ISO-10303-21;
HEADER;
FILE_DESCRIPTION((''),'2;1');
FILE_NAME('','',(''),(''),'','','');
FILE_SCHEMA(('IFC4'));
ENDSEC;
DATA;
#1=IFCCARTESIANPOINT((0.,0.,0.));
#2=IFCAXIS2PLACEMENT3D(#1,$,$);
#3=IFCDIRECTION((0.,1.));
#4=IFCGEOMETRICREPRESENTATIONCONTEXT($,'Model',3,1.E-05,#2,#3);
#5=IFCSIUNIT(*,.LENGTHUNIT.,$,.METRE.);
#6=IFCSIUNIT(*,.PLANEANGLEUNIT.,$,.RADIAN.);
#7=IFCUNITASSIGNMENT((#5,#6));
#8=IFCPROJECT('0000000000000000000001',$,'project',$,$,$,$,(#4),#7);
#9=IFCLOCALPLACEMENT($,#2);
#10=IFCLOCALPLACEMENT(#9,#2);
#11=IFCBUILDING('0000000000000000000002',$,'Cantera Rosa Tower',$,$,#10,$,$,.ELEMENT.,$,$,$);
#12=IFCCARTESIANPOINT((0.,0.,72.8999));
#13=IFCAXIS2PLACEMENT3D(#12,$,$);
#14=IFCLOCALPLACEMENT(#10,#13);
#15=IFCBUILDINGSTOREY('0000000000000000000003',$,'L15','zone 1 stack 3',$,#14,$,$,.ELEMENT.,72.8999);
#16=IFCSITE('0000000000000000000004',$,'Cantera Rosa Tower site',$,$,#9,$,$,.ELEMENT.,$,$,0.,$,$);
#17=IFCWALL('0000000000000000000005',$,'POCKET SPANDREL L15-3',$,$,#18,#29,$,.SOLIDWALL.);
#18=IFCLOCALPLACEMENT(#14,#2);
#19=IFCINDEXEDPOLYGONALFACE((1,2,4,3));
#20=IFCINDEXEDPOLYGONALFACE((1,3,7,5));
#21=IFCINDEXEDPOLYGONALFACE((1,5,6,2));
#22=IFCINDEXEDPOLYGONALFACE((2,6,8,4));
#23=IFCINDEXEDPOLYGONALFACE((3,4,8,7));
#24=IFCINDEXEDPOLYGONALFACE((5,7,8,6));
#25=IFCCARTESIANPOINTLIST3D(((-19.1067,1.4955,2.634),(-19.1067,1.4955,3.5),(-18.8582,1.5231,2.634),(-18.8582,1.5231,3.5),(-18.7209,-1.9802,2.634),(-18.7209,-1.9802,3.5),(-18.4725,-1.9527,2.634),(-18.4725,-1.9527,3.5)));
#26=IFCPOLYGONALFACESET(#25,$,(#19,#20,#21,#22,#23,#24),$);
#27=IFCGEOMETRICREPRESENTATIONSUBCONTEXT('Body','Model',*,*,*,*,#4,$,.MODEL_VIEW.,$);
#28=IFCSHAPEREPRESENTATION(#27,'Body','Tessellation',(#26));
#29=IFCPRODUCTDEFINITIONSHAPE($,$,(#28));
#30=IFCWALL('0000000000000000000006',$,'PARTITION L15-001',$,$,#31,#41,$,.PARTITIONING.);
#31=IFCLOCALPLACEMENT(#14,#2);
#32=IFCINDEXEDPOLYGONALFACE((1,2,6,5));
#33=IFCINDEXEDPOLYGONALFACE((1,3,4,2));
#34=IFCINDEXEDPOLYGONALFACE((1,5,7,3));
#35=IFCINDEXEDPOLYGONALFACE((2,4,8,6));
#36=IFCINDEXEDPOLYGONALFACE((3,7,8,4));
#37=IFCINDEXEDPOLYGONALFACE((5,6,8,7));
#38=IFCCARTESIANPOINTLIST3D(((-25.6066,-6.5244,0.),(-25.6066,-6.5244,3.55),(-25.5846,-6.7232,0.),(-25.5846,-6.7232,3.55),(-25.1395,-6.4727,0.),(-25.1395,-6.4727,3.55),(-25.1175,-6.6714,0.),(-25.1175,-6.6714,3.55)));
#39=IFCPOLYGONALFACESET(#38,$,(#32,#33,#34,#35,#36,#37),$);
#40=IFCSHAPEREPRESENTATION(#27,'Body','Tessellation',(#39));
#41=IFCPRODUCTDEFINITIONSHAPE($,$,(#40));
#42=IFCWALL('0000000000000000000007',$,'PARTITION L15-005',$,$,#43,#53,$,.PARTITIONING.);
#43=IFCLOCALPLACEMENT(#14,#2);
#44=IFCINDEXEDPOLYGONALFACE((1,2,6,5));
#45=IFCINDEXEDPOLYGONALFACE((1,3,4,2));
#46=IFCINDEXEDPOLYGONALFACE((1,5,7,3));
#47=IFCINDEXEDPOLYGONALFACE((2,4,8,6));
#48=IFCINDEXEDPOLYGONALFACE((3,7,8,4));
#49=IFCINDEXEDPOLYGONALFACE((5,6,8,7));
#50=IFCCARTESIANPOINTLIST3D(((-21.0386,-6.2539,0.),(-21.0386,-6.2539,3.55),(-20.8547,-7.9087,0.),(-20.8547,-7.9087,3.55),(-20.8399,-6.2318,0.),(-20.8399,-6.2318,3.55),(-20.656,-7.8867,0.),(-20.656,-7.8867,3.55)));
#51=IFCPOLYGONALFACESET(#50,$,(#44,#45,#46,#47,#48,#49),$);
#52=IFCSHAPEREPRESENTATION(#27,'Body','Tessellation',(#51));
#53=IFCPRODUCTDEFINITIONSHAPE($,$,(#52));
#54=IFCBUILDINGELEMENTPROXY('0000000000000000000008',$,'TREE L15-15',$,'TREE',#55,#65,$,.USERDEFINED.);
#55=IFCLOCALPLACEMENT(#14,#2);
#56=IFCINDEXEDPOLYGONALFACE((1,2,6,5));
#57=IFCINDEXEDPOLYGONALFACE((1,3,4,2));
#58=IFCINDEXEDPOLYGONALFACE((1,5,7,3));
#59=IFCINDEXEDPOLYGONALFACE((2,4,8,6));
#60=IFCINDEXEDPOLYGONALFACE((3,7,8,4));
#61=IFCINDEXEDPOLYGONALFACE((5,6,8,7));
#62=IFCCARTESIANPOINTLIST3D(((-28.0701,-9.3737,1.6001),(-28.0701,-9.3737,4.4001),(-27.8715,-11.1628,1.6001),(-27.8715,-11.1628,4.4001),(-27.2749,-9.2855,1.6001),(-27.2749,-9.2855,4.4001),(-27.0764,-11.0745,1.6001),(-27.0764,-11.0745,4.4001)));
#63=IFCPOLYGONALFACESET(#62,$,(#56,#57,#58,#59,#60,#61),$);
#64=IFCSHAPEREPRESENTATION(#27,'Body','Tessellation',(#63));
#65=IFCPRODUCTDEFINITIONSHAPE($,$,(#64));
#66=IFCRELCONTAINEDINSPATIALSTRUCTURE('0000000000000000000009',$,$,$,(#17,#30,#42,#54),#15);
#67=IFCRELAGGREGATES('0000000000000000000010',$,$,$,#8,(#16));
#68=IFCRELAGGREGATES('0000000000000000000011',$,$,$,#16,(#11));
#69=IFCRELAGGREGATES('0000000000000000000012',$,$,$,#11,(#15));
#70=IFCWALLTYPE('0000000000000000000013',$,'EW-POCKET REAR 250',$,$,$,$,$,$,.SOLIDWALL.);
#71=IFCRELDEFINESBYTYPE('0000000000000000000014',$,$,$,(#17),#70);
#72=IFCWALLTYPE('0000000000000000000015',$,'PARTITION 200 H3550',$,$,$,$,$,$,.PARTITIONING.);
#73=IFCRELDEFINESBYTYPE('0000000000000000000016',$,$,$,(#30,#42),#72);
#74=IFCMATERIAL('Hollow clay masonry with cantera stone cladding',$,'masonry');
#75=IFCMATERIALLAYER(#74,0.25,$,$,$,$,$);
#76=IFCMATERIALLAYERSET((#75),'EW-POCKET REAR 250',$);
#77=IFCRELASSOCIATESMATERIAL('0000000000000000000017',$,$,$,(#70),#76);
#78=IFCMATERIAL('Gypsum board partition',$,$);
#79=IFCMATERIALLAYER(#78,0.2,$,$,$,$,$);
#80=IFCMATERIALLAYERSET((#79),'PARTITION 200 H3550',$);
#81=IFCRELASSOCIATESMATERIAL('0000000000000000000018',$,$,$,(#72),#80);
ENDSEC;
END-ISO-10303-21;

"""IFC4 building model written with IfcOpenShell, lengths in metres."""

from ifc_helpers import new_model, si_unit, direction, frame, frame_2d, origin, origin_2d, place, context, subcontext, project, spatial, rectangle, extrude, material, layer, layer_set, type_object, element, save


model = new_model("IFC4")

# Units and contexts
model_context = context("Model", 3, precision=1e-05, world=origin(), true_north=direction((0.0, 1.0)))
body_context = subcontext(model_context, "Body", "Model", "MODEL_VIEW")
ifc_project = project(units=[si_unit("LENGTHUNIT", "METRE"), si_unit("PLANEANGLEUNIT", "RADIAN")], contexts=[model_context])

# Site, building, storey
site_placement = place(None, origin())
site = spatial("IfcSite", under=ifc_project, at=site_placement, Name="Cantera Rosa Tower site", CompositionType="ELEMENT", RefElevation=0.0)
building_placement = place(site_placement, origin())
building = spatial("IfcBuilding", under=site, at=building_placement, Name="Cantera Rosa Tower", CompositionType="ELEMENT")
storey_placement = place(building_placement, frame((0.0, 0.0, 72.8999)))
storey = spatial("IfcBuildingStorey", under=building, at=storey_placement, Name="L15", Description="zone 1 stack 3", CompositionType="ELEMENT", Elevation=72.8999)

# Walls
ifc_material_1 = material(Name="Hollow clay masonry with cantera stone cladding", Category="masonry")
ifc_layer_1 = layer(ifc_material_1, 0.25)
ifc_layer_set_1 = layer_set([ifc_layer_1], Name="EW-POCKET REAR 250")
wall_type_1 = type_object("IfcWallType", Name="EW-POCKET REAR 250", PredefinedType="SOLIDWALL", material=ifc_layer_set_1)
wall_1_placement = place(storey_placement, frame((-18.9824, 1.5093, 2.634), z_axis=(0.0, 0.0, 1.0), x_axis=(0.110301, -0.993898, 0.0)))
element("IfcWall", 1, at=wall_1_placement, inside=storey, type_object=wall_type_1, Name="POCKET SPANDREL L15-3", PredefinedType="SOLIDWALL", context=body_context, shape_type="SweptSolid", body=[
    extrude(rectangle(XDim=3.4971, YDim=0.25, at=frame_2d((1.7485, 0.0))), origin(), (0.0, 0.0, 1.0), 0.866),
])
ifc_material_2 = material(Name="Gypsum board partition")
ifc_layer_2 = layer(ifc_material_2, 0.2)
ifc_layer_set_2 = layer_set([ifc_layer_2], Name="PARTITION 200 H3550")
wall_type_2 = type_object("IfcWallType", Name="PARTITION 200 H3550", PredefinedType="PARTITIONING", material=ifc_layer_set_2)
wall_2_placement = place(storey_placement, frame((-25.5955, -6.6238, 0.0), z_axis=(0.0, 0.0, 1.0), x_axis=(0.993915, 0.110146, 0.0)))
element("IfcWall", 2, at=wall_2_placement, inside=storey, type_object=wall_type_2, Name="PARTITION L15-001", PredefinedType="PARTITIONING", context=body_context, shape_type="SweptSolid", body=[
    extrude(rectangle(XDim=0.47, YDim=0.2, at=frame_2d((0.2349, 0.0))), origin(), (0.0, 0.0, 1.0), 3.55),
])
wall_3_placement = place(storey_placement, frame((-20.7554, -7.8977, 0.0), z_axis=(0.0, 0.0, 1.0), x_axis=(-0.110415, 0.993886, 0.0)))
element("IfcWall", 3, at=wall_3_placement, inside=storey, type_object=wall_type_2, Name="PARTITION L15-005", PredefinedType="PARTITIONING", context=body_context, shape_type="SweptSolid", body=[
    extrude(rectangle(XDim=1.665, YDim=0.2, at=frame_2d((0.8325, 0.0))), origin(), (0.0, 0.0, 1.0), 3.55),
])

# Building element proxy
proxy_placement = place(storey_placement, frame((-27.5732, -10.2241, 1.6001), z_axis=(0.0, 0.0, 1.0), x_axis=(0.110313, -0.993897, 0.0)))
element("IfcBuildingElementProxy", 4, at=proxy_placement, inside=storey, Name="TREE L15-15", ObjectType="TREE", PredefinedType="USERDEFINED", context=body_context, shape_type="SweptSolid", body=[
    extrude(rectangle(XDim=1.8, YDim=0.8, at=origin_2d()), origin(), (0.0, 0.0, 1.0), 2.8),
])

save(model, "model.ifc")
